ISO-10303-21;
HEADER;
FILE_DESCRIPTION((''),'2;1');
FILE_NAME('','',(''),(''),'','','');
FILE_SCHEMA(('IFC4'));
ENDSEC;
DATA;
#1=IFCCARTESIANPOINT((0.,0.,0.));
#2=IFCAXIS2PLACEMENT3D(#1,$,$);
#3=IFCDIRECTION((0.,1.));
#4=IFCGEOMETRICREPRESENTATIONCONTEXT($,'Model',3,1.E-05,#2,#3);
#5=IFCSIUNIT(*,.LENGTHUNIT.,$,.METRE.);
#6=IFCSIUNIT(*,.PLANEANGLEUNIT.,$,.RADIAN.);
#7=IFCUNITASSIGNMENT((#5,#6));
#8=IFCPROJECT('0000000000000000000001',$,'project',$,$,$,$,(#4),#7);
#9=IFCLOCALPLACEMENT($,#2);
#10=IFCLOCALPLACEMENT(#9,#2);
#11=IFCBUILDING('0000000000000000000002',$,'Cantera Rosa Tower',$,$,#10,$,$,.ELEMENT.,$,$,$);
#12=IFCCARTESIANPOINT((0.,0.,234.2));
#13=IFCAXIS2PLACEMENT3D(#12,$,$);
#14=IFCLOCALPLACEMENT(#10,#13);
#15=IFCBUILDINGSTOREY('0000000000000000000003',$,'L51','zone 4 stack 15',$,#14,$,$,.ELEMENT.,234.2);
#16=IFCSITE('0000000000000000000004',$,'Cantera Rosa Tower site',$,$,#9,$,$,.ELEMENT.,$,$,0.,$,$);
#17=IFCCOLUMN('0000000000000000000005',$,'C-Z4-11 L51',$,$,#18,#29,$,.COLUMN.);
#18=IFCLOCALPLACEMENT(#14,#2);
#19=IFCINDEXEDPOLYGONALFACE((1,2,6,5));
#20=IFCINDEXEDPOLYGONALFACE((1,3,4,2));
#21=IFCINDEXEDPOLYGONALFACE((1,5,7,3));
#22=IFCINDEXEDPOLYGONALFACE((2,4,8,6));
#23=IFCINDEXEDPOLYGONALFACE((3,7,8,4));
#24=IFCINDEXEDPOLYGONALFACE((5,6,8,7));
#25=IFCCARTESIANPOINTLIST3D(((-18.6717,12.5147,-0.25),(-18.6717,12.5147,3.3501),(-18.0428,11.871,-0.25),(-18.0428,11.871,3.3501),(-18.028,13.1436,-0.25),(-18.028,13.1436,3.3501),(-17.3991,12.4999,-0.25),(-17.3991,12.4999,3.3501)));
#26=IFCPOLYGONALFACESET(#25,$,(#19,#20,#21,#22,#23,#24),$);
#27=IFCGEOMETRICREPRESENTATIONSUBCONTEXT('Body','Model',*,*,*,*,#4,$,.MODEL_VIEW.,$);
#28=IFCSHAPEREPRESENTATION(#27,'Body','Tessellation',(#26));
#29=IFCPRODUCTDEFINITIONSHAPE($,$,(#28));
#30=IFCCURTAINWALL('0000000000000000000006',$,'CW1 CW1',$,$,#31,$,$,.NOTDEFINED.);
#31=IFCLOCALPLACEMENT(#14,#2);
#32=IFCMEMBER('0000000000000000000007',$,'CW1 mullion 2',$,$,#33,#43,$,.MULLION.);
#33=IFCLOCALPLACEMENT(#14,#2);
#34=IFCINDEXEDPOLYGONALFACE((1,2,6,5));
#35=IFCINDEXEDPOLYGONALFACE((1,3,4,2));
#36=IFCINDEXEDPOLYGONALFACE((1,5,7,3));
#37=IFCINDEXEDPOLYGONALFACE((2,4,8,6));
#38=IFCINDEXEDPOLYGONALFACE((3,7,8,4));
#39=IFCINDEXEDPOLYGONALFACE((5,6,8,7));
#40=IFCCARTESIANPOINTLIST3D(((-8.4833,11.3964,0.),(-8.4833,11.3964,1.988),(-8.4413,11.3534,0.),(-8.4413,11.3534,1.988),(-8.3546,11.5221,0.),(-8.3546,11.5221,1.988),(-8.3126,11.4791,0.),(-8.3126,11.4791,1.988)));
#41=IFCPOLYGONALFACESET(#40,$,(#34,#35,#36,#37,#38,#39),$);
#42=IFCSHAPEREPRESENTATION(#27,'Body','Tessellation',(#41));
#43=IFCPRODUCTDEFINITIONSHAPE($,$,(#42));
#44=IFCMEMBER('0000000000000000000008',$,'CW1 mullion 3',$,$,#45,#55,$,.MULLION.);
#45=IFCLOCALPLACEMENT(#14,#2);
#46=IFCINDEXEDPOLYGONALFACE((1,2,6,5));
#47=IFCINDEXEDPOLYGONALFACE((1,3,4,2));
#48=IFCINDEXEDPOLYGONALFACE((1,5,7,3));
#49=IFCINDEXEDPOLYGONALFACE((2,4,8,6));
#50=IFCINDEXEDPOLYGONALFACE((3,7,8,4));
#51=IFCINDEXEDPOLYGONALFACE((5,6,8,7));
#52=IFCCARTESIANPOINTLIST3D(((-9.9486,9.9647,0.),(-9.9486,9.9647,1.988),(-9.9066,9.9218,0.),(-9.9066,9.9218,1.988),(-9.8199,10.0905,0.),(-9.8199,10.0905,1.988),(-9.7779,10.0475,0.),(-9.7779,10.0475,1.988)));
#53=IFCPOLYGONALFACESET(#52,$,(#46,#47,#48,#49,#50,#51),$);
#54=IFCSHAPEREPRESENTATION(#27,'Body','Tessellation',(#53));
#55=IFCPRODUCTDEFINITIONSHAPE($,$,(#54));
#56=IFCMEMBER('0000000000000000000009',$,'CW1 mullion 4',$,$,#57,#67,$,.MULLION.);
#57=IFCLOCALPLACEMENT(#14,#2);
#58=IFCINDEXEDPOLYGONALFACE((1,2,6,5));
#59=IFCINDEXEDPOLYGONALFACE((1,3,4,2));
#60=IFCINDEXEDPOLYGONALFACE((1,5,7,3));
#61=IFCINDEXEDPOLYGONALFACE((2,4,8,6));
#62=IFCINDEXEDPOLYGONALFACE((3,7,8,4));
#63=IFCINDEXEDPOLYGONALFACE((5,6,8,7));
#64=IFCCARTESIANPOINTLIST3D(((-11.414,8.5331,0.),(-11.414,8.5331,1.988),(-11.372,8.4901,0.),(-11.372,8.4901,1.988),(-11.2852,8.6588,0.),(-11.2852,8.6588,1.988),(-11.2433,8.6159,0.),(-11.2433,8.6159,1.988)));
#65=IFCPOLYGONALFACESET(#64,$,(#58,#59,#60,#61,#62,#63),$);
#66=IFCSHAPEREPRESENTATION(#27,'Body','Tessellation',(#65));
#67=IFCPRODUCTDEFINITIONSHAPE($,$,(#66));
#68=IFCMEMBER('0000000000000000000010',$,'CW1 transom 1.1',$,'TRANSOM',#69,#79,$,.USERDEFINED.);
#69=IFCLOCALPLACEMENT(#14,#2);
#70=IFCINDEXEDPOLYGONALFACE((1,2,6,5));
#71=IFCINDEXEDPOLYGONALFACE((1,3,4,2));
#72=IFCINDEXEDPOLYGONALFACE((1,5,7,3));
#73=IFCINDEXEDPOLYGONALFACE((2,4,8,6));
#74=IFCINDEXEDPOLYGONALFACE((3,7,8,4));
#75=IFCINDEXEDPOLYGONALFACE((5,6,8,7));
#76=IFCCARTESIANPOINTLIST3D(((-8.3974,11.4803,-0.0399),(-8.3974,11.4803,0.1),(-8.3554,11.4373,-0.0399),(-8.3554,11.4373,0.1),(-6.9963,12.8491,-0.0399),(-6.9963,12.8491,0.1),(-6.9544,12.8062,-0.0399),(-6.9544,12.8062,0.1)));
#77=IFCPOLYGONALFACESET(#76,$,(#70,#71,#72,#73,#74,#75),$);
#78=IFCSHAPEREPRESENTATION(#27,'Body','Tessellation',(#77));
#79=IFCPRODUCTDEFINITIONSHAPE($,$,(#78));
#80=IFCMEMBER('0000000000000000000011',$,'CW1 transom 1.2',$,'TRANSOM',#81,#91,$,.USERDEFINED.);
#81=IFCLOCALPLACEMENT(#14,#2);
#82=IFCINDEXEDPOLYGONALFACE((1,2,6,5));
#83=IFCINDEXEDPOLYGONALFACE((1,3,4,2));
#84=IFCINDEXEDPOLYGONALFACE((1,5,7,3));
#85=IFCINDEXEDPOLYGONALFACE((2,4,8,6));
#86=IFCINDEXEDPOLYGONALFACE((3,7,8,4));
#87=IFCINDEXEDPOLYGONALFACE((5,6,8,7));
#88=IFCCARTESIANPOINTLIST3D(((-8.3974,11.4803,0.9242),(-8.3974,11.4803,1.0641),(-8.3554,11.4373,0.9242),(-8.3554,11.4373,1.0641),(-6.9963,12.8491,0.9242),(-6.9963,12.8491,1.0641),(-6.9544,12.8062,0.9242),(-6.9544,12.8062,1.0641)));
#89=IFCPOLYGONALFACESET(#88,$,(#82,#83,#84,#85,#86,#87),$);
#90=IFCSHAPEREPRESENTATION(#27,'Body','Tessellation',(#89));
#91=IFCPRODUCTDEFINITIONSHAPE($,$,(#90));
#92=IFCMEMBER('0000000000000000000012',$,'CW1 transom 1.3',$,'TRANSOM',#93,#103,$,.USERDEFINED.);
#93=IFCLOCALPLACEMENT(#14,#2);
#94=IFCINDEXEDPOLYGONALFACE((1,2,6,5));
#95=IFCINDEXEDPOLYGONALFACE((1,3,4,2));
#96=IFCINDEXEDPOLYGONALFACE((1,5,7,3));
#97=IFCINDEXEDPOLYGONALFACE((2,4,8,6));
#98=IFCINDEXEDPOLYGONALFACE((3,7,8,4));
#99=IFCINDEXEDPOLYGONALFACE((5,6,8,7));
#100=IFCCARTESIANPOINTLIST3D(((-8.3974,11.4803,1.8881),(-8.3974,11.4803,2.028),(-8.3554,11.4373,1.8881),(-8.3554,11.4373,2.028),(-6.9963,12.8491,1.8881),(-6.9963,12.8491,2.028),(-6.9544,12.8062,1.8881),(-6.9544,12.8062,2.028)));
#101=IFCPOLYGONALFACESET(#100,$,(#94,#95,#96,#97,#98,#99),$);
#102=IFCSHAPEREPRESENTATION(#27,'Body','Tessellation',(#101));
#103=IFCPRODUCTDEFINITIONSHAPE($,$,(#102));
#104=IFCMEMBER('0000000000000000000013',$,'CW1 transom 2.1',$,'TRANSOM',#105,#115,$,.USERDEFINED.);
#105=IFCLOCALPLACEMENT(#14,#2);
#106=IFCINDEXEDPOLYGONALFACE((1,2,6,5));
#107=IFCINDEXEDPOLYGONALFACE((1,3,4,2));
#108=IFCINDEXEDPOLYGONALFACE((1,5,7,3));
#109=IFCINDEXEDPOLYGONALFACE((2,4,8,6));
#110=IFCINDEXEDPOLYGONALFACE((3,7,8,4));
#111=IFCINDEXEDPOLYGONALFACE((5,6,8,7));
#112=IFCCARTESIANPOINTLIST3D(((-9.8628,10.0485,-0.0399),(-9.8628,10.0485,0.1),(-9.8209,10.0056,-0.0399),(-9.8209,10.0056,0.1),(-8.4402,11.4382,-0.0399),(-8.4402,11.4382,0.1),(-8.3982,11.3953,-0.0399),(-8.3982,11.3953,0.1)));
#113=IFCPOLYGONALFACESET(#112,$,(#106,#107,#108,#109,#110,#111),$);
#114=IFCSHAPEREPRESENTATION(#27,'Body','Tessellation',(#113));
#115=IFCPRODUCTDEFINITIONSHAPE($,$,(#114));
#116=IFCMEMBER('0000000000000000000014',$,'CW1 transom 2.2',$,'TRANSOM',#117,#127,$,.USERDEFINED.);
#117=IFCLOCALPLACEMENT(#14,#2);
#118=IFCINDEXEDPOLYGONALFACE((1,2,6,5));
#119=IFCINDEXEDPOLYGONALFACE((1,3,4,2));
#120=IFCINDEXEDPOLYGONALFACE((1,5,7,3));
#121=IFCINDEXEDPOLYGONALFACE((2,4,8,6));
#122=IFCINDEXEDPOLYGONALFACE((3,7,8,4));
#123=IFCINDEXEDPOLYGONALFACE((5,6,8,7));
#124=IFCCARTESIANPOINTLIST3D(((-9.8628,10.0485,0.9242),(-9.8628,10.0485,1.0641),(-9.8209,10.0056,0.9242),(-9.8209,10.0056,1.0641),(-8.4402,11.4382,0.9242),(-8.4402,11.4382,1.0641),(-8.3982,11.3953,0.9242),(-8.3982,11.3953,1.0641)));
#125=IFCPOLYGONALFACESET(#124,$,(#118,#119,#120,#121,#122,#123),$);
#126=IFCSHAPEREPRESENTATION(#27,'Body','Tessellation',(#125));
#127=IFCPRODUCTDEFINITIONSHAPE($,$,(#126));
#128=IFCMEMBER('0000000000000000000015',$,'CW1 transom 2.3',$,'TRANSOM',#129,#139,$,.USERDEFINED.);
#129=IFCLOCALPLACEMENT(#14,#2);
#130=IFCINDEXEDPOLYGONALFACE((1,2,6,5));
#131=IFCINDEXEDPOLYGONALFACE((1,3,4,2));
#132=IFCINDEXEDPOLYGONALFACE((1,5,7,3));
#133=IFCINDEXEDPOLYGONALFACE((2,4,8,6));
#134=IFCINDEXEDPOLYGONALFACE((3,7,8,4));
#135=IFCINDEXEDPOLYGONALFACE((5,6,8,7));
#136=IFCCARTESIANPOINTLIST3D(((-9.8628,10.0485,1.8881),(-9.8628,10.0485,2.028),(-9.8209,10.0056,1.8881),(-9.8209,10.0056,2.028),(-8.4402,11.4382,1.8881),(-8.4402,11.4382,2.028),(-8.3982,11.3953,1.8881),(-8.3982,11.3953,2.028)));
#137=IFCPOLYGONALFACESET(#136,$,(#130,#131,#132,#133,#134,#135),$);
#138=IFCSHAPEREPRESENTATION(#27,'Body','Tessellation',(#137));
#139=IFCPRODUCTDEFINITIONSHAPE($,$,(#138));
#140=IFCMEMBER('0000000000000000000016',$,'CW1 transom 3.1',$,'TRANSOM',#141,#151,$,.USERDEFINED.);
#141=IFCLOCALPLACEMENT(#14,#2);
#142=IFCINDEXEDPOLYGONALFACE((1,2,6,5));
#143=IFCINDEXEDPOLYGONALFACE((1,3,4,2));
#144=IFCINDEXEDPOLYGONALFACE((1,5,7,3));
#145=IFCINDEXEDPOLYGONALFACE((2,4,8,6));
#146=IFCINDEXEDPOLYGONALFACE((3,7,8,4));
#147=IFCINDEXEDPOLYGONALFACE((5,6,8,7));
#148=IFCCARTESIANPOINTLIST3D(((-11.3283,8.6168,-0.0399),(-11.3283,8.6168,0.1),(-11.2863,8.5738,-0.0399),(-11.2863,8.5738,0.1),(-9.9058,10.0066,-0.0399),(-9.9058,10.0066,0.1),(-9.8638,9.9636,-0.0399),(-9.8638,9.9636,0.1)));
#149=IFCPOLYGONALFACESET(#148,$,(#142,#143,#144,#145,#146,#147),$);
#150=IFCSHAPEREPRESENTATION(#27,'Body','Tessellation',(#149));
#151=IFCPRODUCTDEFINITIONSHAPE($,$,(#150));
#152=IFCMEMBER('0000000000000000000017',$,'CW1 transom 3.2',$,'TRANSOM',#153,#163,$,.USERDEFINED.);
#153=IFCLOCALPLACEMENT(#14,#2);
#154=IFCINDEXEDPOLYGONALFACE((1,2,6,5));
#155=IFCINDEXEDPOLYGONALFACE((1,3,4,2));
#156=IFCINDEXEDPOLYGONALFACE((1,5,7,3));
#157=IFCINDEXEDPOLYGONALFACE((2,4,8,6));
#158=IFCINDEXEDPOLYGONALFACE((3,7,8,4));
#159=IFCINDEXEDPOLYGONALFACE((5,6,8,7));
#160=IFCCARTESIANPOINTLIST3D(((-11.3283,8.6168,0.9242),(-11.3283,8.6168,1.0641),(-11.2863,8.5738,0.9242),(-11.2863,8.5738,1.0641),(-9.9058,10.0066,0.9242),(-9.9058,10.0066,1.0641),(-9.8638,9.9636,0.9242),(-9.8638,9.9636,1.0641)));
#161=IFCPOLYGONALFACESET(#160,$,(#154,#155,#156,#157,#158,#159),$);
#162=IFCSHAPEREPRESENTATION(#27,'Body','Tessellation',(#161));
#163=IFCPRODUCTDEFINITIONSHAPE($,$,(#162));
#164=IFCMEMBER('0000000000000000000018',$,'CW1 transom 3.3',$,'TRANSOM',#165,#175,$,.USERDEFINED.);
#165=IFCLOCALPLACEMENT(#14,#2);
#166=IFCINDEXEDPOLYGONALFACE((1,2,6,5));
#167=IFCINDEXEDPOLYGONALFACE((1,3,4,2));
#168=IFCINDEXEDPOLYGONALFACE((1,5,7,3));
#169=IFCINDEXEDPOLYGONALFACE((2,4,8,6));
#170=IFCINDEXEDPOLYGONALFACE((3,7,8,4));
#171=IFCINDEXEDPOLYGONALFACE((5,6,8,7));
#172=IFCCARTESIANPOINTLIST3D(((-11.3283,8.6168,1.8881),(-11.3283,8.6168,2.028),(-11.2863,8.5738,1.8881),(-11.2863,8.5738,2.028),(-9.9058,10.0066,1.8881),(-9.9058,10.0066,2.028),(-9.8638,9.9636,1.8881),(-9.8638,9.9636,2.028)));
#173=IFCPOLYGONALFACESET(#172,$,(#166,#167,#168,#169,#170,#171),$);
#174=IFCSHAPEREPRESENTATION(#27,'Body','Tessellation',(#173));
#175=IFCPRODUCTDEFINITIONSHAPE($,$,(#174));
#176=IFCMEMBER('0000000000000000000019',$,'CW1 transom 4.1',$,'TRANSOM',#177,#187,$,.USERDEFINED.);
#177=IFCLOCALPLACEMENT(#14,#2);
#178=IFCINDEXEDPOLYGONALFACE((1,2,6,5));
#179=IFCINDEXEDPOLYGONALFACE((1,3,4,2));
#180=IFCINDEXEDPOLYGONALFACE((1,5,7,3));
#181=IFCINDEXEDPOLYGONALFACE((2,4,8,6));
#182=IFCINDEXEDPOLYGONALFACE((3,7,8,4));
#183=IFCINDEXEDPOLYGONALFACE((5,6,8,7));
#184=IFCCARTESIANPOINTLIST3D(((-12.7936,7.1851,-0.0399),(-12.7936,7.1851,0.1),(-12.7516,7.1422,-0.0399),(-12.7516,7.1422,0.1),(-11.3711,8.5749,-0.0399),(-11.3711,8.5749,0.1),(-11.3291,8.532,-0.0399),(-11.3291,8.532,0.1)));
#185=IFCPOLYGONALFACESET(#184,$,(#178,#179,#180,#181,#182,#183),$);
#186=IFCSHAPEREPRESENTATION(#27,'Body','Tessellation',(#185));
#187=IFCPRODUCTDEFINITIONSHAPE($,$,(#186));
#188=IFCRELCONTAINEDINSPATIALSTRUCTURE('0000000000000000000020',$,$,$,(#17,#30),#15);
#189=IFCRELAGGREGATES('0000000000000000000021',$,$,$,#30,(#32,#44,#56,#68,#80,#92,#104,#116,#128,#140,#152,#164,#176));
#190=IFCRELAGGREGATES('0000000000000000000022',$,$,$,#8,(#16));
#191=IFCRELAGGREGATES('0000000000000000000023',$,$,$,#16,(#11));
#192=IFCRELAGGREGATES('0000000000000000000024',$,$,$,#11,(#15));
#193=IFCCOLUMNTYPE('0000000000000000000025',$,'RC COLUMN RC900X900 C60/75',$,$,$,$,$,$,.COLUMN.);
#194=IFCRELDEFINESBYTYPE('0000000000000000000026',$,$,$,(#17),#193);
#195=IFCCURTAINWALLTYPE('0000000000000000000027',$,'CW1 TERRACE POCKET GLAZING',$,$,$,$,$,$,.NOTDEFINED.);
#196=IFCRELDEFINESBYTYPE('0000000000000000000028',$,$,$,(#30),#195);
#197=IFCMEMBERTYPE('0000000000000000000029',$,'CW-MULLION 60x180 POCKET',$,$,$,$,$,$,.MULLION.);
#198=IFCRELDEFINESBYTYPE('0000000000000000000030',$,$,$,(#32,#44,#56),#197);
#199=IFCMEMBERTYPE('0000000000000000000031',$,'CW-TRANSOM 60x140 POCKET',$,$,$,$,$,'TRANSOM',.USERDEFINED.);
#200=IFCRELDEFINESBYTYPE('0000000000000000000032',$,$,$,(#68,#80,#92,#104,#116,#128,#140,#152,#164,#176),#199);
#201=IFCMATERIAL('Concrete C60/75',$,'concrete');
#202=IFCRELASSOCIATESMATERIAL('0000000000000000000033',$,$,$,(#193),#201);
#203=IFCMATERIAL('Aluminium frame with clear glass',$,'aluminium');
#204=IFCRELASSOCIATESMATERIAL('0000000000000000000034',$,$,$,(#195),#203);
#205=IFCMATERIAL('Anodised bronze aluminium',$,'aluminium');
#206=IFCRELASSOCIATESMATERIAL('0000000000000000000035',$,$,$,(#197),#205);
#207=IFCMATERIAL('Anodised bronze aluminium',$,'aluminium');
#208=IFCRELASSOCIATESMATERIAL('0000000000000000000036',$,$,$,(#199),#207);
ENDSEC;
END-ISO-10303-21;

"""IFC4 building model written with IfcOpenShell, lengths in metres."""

from ifc_helpers import new_model, si_unit, direction, frame, origin, origin_2d, place, context, subcontext, project, spatial, rectangle, extrude, material, material_profile, profile_set, type_object, element, aggregate, save


model = new_model("IFC4")

# Units and contexts
model_context = context("Model", 3, precision=1e-05, world=origin(), true_north=direction((0.0, 1.0)))
body_context = subcontext(model_context, "Body", "Model", "MODEL_VIEW")
ifc_project = project(units=[si_unit("LENGTHUNIT", "METRE"), si_unit("PLANEANGLEUNIT", "RADIAN")], contexts=[model_context])

# Site, building, storey
site_placement = place(None, origin())
site = spatial("IfcSite", under=ifc_project, at=site_placement, Name="Cantera Rosa Tower site", CompositionType="ELEMENT", RefElevation=0.0)
building_placement = place(site_placement, origin())
building = spatial("IfcBuilding", under=site, at=building_placement, Name="Cantera Rosa Tower", CompositionType="ELEMENT")
storey_placement = place(building_placement, frame((0.0, 0.0, 234.2)))
storey = spatial("IfcBuildingStorey", under=building, at=storey_placement, Name="L51", Description="zone 4 stack 15", CompositionType="ELEMENT", Elevation=234.2)

# Column
ifc_material_1 = material(Name="Concrete C60/75", Category="concrete")
ifc_material_profile_1 = material_profile(ifc_material_1, rectangle(XDim=0.8999, YDim=0.8999, at=origin_2d()), Name="RC COLUMN RC900X900 C60/75")
ifc_profile_set_1 = profile_set([ifc_material_profile_1], Name="Concrete C60/75")
column_type = type_object("IfcColumnType", Name="RC COLUMN RC900X900 C60/75", PredefinedType="COLUMN", material=ifc_profile_set_1)
column_placement = place(storey_placement, frame((-18.0354, 12.5073, -0.25), z_axis=(0.0, 0.0, 1.0), x_axis=(0.715286, 0.698832, 0.0)))
element("IfcColumn", 1, at=column_placement, inside=storey, type_object=column_type, Name="C-Z4-11 L51", PredefinedType="COLUMN", context=body_context, shape_type="SweptSolid", body=[
    extrude(rectangle(XDim=0.8999, YDim=0.8999, at=origin_2d()), origin(), (0.0, 0.0, 1.0), 3.6001),
])

# Curtain wall, members
ifc_material_2 = material(Name="Aluminium frame with clear glass", Category="aluminium")
curtain_wall_type = type_object("IfcCurtainWallType", Name="CW1 TERRACE POCKET GLAZING", PredefinedType="NOTDEFINED", material=ifc_material_2)
curtain_wall_placement = place(storey_placement, origin())
curtain_wall = element("IfcCurtainWall", 2, at=curtain_wall_placement, inside=storey, type_object=curtain_wall_type, Name="CW1 CW1", PredefinedType="NOTDEFINED")
ifc_material_3 = material(Name="Anodised bronze aluminium", Category="aluminium")
ifc_material_profile_2 = material_profile(ifc_material_3, rectangle(XDim=0.0601, YDim=0.1799, at=origin_2d()), Name="CW-MULLION 60x180 POCKET")
ifc_profile_set_2 = profile_set([ifc_material_profile_2], Name="Anodised bronze aluminium")
member_type_1 = type_object("IfcMemberType", Name="CW-MULLION 60x180 POCKET", PredefinedType="MULLION", material=ifc_profile_set_2)
member_1_placement = place(storey_placement, frame((-8.3979, 11.4377, 0.0), z_axis=(0.0, 0.0, 1.0), x_axis=(0.698832, -0.715286, 0.0)))
member_1 = element("IfcMember", 3, at=member_1_placement, type_object=member_type_1, Name="CW1 mullion 2", PredefinedType="MULLION", context=body_context, shape_type="SweptSolid", body=[
    extrude(rectangle(XDim=0.0601, YDim=0.1799, at=origin_2d()), origin(), (0.0, 0.0, 1.0), 1.988),
])
member_2_placement = place(storey_placement, frame((-9.8633, 10.0061, 0.0), z_axis=(0.0, 0.0, 1.0), x_axis=(0.698832, -0.715286, 0.0)))
member_2 = element("IfcMember", 4, at=member_2_placement, type_object=member_type_1, Name="CW1 mullion 3", PredefinedType="MULLION", context=body_context, shape_type="SweptSolid", body=[
    extrude(rectangle(XDim=0.0601, YDim=0.1799, at=origin_2d()), origin(), (0.0, 0.0, 1.0), 1.988),
])
member_3_placement = place(storey_placement, frame((-11.3286, 8.5745, 0.0), z_axis=(0.0, 0.0, 1.0), x_axis=(0.698832, -0.715286, 0.0)))
member_3 = element("IfcMember", 5, at=member_3_placement, type_object=member_type_1, Name="CW1 mullion 4", PredefinedType="MULLION", context=body_context, shape_type="SweptSolid", body=[
    extrude(rectangle(XDim=0.0601, YDim=0.1799, at=origin_2d()), origin(), (0.0, 0.0, 1.0), 1.988),
])
ifc_material_4 = material(Name="Anodised bronze aluminium", Category="aluminium")
ifc_material_profile_3 = material_profile(ifc_material_4, rectangle(XDim=0.0601, YDim=0.1399, at=origin_2d()), Name="CW-TRANSOM 60x140 POCKET")
ifc_profile_set_3 = profile_set([ifc_material_profile_3], Name="Anodised bronze aluminium")
member_type_2 = type_object("IfcMemberType", Name="CW-TRANSOM 60x140 POCKET", ElementType="TRANSOM", PredefinedType="USERDEFINED", material=ifc_profile_set_3)
member_4_placement = place(storey_placement, frame((-6.9753, 12.8276, 0.03), z_axis=(-0.715285, -0.698833, 0.0), x_axis=(0.698833, -0.715285, 0.0)))
member_4 = element("IfcMember", 6, at=member_4_placement, type_object=member_type_2, Name="CW1 transom 1.1", ObjectType="TRANSOM", PredefinedType="USERDEFINED", context=body_context, shape_type="SweptSolid", body=[
    extrude(rectangle(XDim=0.0601, YDim=0.1399, at=origin_2d()), origin(), (0.0, 0.0, 1.0), 1.9587),
])
member_5_placement = place(storey_placement, frame((-6.9753, 12.8276, 0.9941), z_axis=(-0.715285, -0.698833, 0.0), x_axis=(0.698833, -0.715285, 0.0)))
member_5 = element("IfcMember", 7, at=member_5_placement, type_object=member_type_2, Name="CW1 transom 1.2", ObjectType="TRANSOM", PredefinedType="USERDEFINED", context=body_context, shape_type="SweptSolid", body=[
    extrude(rectangle(XDim=0.0601, YDim=0.1399, at=origin_2d()), origin(), (0.0, 0.0, 1.0), 1.9587),
])
member_6_placement = place(storey_placement, frame((-6.9753, 12.8276, 1.958), z_axis=(-0.715285, -0.698833, 0.0), x_axis=(0.698833, -0.715285, 0.0)))
member_6 = element("IfcMember", 8, at=member_6_placement, type_object=member_type_2, Name="CW1 transom 1.3", ObjectType="TRANSOM", PredefinedType="USERDEFINED", context=body_context, shape_type="SweptSolid", body=[
    extrude(rectangle(XDim=0.0601, YDim=0.1399, at=origin_2d()), origin(), (0.0, 0.0, 1.0), 1.9587),
])
member_7_placement = place(storey_placement, frame((-8.4192, 11.4167, 0.03), z_axis=(-0.715345, -0.698772, 0.0), x_axis=(0.698772, -0.715345, 0.0)))
member_7 = element("IfcMember", 9, at=member_7_placement, type_object=member_type_2, Name="CW1 transom 2.1", ObjectType="TRANSOM", PredefinedType="USERDEFINED", context=body_context, shape_type="SweptSolid", body=[
    extrude(rectangle(XDim=0.0601, YDim=0.1399, at=origin_2d()), origin(), (0.0, 0.0, 1.0), 1.9888),
])
member_8_placement = place(storey_placement, frame((-8.4192, 11.4167, 0.9941), z_axis=(-0.715345, -0.698772, 0.0), x_axis=(0.698772, -0.715345, 0.0)))
member_8 = element("IfcMember", 10, at=member_8_placement, type_object=member_type_2, Name="CW1 transom 2.2", ObjectType="TRANSOM", PredefinedType="USERDEFINED", context=body_context, shape_type="SweptSolid", body=[
    extrude(rectangle(XDim=0.0601, YDim=0.1399, at=origin_2d()), origin(), (0.0, 0.0, 1.0), 1.9888),
])
member_9_placement = place(storey_placement, frame((-8.4192, 11.4167, 1.958), z_axis=(-0.715345, -0.698772, 0.0), x_axis=(0.698772, -0.715345, 0.0)))
member_9 = element("IfcMember", 11, at=member_9_placement, type_object=member_type_2, Name="CW1 transom 2.3", ObjectType="TRANSOM", PredefinedType="USERDEFINED", context=body_context, shape_type="SweptSolid", body=[
    extrude(rectangle(XDim=0.0601, YDim=0.1399, at=origin_2d()), origin(), (0.0, 0.0, 1.0), 1.9888),
])
member_10_placement = place(storey_placement, frame((-9.8848, 9.9851, 0.03), z_axis=(-0.715283, -0.698834, 0.0), x_axis=(0.698834, -0.715283, 0.0)))
member_10 = element("IfcMember", 12, at=member_10_placement, type_object=member_type_2, Name="CW1 transom 3.1", ObjectType="TRANSOM", PredefinedType="USERDEFINED", context=body_context, shape_type="SweptSolid", body=[
    extrude(rectangle(XDim=0.0601, YDim=0.1399, at=origin_2d()), origin(), (0.0, 0.0, 1.0), 1.9888),
])
member_11_placement = place(storey_placement, frame((-9.8848, 9.9851, 0.9941), z_axis=(-0.715283, -0.698834, 0.0), x_axis=(0.698834, -0.715283, 0.0)))
member_11 = element("IfcMember", 13, at=member_11_placement, type_object=member_type_2, Name="CW1 transom 3.2", ObjectType="TRANSOM", PredefinedType="USERDEFINED", context=body_context, shape_type="SweptSolid", body=[
    extrude(rectangle(XDim=0.0601, YDim=0.1399, at=origin_2d()), origin(), (0.0, 0.0, 1.0), 1.9888),
])
member_12_placement = place(storey_placement, frame((-9.8848, 9.9851, 1.958), z_axis=(-0.715283, -0.698834, 0.0), x_axis=(0.698834, -0.715283, 0.0)))
member_12 = element("IfcMember", 14, at=member_12_placement, type_object=member_type_2, Name="CW1 transom 3.3", ObjectType="TRANSOM", PredefinedType="USERDEFINED", context=body_context, shape_type="SweptSolid", body=[
    extrude(rectangle(XDim=0.0601, YDim=0.1399, at=origin_2d()), origin(), (0.0, 0.0, 1.0), 1.9888),
])
member_13_placement = place(storey_placement, frame((-11.3501, 8.5535, 0.03), z_axis=(-0.715283, -0.698834, 0.0), x_axis=(0.698834, -0.715283, 0.0)))
member_13 = element("IfcMember", 15, at=member_13_placement, type_object=member_type_2, Name="CW1 transom 4.1", ObjectType="TRANSOM", PredefinedType="USERDEFINED", context=body_context, shape_type="SweptSolid", body=[
    extrude(rectangle(XDim=0.0601, YDim=0.1399, at=origin_2d()), origin(), (0.0, 0.0, 1.0), 1.9888),
])

aggregate(curtain_wall, [member_1, member_2, member_3, member_4, member_5, member_6, member_7, member_8, member_9, member_10, member_11, member_12, member_13])

save(model, "model.ifc")
